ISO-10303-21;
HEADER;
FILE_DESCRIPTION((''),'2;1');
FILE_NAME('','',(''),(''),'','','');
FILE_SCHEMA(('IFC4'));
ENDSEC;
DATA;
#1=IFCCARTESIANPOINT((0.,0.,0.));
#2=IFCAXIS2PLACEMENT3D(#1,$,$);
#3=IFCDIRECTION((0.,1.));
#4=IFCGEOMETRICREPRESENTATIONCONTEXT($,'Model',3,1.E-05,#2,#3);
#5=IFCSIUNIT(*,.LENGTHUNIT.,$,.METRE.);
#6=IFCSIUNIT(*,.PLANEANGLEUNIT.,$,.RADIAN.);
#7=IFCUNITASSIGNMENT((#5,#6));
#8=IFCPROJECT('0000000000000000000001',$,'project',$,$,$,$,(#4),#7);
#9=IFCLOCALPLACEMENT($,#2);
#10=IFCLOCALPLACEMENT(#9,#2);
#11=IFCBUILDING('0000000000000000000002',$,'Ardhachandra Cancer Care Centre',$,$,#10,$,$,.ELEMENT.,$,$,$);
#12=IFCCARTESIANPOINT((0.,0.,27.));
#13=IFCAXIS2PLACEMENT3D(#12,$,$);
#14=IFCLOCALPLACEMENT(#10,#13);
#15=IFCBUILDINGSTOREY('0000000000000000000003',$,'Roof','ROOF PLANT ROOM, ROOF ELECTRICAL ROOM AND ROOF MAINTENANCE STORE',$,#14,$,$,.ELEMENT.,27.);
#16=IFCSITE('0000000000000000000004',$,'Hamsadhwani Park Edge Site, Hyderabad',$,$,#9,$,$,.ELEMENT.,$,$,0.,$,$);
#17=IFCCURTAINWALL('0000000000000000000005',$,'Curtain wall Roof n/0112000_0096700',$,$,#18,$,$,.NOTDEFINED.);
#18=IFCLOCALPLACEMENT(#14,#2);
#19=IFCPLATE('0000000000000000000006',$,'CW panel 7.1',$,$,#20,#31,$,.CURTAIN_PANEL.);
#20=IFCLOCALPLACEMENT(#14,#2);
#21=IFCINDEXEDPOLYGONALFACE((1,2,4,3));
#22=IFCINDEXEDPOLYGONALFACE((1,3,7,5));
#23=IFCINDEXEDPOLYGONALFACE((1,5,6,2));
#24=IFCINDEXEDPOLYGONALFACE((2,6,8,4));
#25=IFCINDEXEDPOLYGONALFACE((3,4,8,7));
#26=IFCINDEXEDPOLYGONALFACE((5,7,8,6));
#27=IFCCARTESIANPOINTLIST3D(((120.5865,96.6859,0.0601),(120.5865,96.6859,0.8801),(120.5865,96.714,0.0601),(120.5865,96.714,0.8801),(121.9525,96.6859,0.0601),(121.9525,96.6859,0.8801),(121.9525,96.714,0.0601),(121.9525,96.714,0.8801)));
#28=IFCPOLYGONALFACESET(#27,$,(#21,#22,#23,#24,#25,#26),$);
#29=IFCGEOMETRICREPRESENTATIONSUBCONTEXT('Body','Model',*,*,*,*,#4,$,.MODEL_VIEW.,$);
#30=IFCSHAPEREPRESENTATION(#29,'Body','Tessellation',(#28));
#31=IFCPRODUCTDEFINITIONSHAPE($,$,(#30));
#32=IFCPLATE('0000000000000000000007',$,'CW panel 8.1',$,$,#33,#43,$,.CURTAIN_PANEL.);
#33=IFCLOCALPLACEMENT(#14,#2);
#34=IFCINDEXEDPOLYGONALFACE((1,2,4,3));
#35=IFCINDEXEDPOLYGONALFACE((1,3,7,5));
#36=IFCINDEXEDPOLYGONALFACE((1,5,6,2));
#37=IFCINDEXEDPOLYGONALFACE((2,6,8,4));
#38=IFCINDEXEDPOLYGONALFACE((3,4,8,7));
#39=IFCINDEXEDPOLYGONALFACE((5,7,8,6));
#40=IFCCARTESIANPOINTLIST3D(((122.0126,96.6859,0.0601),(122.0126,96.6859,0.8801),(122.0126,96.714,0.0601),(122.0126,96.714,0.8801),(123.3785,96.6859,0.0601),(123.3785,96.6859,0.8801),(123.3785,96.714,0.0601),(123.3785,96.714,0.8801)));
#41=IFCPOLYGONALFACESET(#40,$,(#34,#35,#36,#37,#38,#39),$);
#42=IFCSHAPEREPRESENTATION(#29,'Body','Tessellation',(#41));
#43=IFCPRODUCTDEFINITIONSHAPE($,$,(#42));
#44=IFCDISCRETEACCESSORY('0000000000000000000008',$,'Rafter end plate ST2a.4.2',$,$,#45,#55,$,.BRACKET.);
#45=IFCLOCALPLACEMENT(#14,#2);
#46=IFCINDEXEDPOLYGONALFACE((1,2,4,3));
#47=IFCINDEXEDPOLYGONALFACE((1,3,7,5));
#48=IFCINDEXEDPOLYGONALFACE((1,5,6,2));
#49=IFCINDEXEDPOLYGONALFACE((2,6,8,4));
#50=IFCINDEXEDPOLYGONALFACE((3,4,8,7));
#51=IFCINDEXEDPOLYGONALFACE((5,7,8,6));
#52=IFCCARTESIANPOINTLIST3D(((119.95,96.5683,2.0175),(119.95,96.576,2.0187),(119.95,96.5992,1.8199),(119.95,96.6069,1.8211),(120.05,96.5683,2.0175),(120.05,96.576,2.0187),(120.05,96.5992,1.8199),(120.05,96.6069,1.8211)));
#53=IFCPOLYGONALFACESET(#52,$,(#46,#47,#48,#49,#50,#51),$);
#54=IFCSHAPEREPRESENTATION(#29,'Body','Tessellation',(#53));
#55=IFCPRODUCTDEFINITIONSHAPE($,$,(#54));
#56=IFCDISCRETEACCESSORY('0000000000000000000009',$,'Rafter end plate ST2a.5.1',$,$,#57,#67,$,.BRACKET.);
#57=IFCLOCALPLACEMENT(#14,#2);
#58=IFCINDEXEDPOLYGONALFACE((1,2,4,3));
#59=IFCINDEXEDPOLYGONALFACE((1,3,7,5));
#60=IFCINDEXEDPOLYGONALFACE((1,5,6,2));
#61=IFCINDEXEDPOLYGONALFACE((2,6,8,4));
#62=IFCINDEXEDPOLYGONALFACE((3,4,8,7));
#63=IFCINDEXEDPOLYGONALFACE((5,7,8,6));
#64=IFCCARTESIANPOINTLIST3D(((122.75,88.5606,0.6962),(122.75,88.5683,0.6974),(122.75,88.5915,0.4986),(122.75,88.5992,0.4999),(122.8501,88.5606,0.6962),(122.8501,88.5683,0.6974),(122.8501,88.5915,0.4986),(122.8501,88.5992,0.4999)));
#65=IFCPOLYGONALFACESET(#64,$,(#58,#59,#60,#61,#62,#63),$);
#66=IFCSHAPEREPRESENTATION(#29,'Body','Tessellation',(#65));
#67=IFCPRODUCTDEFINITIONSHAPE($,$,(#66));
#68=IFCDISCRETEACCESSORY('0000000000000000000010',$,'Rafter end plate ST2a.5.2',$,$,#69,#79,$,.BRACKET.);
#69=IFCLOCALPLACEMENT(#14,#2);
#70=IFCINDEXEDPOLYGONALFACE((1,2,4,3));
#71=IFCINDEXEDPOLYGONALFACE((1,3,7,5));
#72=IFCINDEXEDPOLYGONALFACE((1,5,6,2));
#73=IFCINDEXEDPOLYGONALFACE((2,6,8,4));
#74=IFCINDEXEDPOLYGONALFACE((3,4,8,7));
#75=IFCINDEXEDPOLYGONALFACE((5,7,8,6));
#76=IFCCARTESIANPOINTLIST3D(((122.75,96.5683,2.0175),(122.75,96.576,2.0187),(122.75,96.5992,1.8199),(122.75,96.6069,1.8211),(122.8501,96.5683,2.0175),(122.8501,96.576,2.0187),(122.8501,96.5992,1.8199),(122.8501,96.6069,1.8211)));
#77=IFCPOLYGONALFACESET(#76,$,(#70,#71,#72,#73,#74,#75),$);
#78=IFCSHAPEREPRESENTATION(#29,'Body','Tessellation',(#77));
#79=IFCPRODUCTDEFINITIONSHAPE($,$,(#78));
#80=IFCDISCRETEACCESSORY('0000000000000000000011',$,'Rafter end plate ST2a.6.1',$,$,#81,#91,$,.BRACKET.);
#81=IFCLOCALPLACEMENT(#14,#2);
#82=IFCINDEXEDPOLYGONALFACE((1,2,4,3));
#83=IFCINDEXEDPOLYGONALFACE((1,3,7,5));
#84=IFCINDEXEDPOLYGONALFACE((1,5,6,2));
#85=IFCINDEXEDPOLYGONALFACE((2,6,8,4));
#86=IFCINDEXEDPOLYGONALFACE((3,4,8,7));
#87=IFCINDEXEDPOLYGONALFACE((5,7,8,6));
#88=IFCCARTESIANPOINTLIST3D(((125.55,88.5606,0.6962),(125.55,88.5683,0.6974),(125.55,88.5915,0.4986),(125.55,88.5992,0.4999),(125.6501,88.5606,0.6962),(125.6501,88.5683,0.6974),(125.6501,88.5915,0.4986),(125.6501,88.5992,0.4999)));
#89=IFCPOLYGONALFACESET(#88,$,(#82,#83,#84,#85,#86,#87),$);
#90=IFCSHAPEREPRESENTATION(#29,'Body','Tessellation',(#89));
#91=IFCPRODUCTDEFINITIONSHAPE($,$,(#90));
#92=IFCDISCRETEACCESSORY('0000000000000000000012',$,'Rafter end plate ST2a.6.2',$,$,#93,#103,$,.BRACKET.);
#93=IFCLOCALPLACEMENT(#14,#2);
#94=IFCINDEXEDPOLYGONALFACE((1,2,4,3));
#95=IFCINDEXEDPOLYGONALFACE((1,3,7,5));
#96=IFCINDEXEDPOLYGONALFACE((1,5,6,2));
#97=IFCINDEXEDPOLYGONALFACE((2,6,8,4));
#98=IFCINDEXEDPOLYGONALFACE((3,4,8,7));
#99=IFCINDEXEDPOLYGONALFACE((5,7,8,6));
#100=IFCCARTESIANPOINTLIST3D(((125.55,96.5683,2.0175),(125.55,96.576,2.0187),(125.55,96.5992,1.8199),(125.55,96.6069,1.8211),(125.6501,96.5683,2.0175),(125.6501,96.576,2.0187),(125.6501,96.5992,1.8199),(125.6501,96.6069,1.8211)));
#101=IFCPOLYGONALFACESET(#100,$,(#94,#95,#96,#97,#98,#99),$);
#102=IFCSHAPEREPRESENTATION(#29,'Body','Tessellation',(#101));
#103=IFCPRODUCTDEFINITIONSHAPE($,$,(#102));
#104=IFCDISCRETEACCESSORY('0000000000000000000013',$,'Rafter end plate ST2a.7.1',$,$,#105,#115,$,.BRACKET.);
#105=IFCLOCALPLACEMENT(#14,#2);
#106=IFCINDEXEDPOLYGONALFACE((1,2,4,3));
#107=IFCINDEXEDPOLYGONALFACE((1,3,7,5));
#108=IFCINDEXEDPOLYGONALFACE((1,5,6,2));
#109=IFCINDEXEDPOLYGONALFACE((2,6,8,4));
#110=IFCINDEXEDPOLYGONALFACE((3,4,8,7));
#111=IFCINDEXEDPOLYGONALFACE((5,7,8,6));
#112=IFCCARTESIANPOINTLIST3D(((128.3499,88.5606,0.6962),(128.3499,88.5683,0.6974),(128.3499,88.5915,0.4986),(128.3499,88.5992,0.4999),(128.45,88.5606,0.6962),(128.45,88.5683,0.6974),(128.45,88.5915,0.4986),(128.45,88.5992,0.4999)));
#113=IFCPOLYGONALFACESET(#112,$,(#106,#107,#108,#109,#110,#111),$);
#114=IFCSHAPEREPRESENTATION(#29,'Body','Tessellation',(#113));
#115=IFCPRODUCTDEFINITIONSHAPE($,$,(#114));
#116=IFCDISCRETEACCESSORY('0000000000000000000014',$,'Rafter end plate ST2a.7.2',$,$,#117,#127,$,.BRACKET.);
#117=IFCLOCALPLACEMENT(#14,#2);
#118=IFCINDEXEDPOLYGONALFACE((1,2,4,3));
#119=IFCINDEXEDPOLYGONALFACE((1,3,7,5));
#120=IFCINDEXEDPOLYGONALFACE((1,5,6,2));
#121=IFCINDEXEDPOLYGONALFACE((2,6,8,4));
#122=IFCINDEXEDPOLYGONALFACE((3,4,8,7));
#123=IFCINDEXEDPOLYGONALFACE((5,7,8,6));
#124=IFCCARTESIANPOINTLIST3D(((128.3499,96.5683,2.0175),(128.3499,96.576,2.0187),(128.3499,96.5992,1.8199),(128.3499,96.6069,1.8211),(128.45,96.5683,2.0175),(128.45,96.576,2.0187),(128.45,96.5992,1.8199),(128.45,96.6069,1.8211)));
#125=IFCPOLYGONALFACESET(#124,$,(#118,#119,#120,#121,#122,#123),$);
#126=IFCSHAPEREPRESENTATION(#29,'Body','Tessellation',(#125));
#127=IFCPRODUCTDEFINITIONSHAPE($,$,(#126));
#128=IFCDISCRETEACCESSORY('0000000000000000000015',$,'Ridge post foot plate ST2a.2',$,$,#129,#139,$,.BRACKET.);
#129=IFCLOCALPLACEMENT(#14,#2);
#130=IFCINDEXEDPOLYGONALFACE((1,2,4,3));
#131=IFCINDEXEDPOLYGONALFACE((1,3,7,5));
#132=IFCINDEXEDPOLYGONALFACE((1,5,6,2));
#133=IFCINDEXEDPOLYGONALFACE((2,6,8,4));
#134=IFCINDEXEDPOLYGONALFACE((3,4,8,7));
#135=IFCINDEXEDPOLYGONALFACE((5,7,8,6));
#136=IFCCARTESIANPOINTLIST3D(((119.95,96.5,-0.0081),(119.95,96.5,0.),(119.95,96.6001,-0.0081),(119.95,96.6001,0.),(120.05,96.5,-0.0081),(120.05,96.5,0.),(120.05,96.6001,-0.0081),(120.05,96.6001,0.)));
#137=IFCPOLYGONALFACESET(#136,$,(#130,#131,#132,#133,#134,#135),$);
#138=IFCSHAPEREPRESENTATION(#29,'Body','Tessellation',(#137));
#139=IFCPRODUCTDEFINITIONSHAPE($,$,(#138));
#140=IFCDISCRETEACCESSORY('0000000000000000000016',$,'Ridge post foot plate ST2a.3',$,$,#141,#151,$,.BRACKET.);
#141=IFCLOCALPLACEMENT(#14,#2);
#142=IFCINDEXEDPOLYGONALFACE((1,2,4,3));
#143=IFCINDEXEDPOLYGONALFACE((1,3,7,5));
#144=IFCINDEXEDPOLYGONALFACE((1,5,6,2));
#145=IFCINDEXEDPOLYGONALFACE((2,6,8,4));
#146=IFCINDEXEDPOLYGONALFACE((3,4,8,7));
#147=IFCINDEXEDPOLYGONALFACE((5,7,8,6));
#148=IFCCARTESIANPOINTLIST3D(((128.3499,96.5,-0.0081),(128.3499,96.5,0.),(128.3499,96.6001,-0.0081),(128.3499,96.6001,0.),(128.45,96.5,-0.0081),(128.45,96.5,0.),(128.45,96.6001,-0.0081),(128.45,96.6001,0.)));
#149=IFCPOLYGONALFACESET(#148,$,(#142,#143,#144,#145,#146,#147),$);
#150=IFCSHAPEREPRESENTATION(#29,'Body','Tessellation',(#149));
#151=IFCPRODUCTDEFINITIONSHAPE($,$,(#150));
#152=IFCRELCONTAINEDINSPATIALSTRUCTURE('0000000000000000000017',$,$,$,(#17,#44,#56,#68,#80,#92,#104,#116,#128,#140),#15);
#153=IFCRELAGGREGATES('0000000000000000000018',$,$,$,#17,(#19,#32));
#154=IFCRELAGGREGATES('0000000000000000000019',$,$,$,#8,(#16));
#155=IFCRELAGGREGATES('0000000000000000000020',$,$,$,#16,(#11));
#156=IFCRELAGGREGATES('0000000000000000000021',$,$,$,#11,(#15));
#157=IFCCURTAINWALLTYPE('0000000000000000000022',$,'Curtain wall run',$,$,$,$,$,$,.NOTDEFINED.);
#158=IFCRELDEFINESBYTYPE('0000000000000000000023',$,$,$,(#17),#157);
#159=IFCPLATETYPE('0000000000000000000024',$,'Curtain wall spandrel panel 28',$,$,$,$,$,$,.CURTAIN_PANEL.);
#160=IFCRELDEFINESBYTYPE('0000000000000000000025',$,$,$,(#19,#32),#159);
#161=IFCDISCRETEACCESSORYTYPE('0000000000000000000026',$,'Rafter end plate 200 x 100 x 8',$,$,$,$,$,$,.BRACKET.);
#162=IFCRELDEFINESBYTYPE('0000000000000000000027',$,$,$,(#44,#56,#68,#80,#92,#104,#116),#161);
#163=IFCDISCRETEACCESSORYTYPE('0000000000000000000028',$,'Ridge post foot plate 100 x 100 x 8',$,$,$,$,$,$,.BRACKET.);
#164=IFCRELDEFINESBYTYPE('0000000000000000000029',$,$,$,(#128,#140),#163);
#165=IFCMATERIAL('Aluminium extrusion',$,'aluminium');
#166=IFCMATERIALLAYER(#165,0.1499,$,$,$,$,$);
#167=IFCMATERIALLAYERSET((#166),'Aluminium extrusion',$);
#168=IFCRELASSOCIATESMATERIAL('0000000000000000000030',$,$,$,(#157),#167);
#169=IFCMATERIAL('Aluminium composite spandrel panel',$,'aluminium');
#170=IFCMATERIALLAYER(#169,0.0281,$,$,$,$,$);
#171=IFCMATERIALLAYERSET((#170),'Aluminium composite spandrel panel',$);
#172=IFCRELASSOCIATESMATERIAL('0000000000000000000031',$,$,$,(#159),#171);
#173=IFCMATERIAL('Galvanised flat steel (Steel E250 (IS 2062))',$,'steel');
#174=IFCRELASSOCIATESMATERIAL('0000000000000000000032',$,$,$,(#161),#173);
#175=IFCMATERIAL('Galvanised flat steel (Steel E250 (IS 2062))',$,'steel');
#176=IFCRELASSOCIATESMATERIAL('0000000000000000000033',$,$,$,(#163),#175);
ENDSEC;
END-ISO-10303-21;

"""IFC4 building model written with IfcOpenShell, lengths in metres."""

from ifc_helpers import new_model, si_unit, direction, frame, origin, origin_2d, place, context, subcontext, project, spatial, rectangle, extrude, material, layer, layer_set, material_profile, profile_set, type_object, element, aggregate, save


model = new_model("IFC4")

# Units and contexts
model_context = context("Model", 3, precision=1e-05, world=origin(), true_north=direction((0.0, 1.0)))
body_context = subcontext(model_context, "Body", "Model", "MODEL_VIEW")
ifc_project = project(units=[si_unit("LENGTHUNIT", "METRE"), si_unit("PLANEANGLEUNIT", "RADIAN")], contexts=[model_context])

# Site, building, storey
site_placement = place(None, origin())
site = spatial("IfcSite", under=ifc_project, at=site_placement, Name="Hamsadhwani Park Edge Site, Hyderabad", CompositionType="ELEMENT", RefElevation=0.0)
building_placement = place(site_placement, origin())
building = spatial("IfcBuilding", under=site, at=building_placement, Name="Ardhachandra Cancer Care Centre", CompositionType="ELEMENT")
storey_placement = place(building_placement, frame((0.0, 0.0, 27.0)))
storey = spatial("IfcBuildingStorey", under=building, at=storey_placement, Name="Roof", Description="ROOF PLANT ROOM, ROOF ELECTRICAL ROOM AND ROOF MAINTENANCE STORE", CompositionType="ELEMENT", Elevation=27.0)

# Curtain wall
ifc_material_1 = material(Name="Aluminium extrusion", Category="aluminium")
ifc_layer_1 = layer(ifc_material_1, 0.1499)
ifc_layer_set_1 = layer_set([ifc_layer_1], Name="Aluminium extrusion")
curtain_wall_type = type_object("IfcCurtainWallType", Name="Curtain wall run", PredefinedType="NOTDEFINED", material=ifc_layer_set_1)
curtain_wall_placement = place(storey_placement, origin())
curtain_wall = element("IfcCurtainWall", 1, at=curtain_wall_placement, inside=storey, type_object=curtain_wall_type, Name="Curtain wall Roof n/0112000_0096700", PredefinedType="NOTDEFINED")

# Plates
ifc_material_2 = material(Name="Aluminium composite spandrel panel", Category="aluminium")
ifc_layer_2 = layer(ifc_material_2, 0.0281)
ifc_layer_set_2 = layer_set([ifc_layer_2], Name="Aluminium composite spandrel panel")
plate_type_1 = type_object("IfcPlateType", Name="Curtain wall spandrel panel 28", PredefinedType="CURTAIN_PANEL", material=ifc_layer_set_2)
plate_1_placement = place(storey_placement, frame((121.2695, 96.7, 0.0601), z_axis=(0.0, 0.0, 1.0), x_axis=(1.0, 0.0, 0.0)))
plate_1 = element("IfcPlate", 2, at=plate_1_placement, type_object=plate_type_1, Name="CW panel 7.1", PredefinedType="CURTAIN_PANEL", context=body_context, shape_type="SweptSolid", body=[
    extrude(rectangle(XDim=1.366, YDim=0.0281, at=origin_2d()), origin(), (0.0, 0.0, 1.0), 0.8201),
])
plate_2_placement = place(storey_placement, frame((122.6956, 96.7, 0.0601), z_axis=(0.0, 0.0, 1.0), x_axis=(1.0, 0.0, 0.0)))
plate_2 = element("IfcPlate", 3, at=plate_2_placement, type_object=plate_type_1, Name="CW panel 8.1", PredefinedType="CURTAIN_PANEL", context=body_context, shape_type="SweptSolid", body=[
    extrude(rectangle(XDim=1.366, YDim=0.0281, at=origin_2d()), origin(), (0.0, 0.0, 1.0), 0.8201),
])
aggregate(curtain_wall, [plate_1, plate_2])

# Discrete accessories
ifc_material_3 = material(Name="Galvanised flat steel (Steel E250 (IS 2062))", Category="steel")
ifc_material_profile_1 = material_profile(ifc_material_3, rectangle(XDim=0.1001, YDim=0.2, at=origin_2d()), Name="Rafter end plate 200 x 100 x 8")
ifc_profile_set_1 = profile_set([ifc_material_profile_1], Name="Galvanised flat steel (Steel E250 (IS 2062))")
discrete_accessory_type_1 = type_object("IfcDiscreteAccessoryType", Name="Rafter end plate 200 x 100 x 8", PredefinedType="BRACKET", material=ifc_profile_set_1)
for number, where, z_axis, x_axis, name in (
    (4, (120.0, 96.5837, 1.9187), (0.0, 0.988012, 0.154377), (-1.0, 0.0, 0.0), "Rafter end plate ST2a.4.2"),
    (5, (122.8, 88.5837, 0.5986), (0.0, -0.988012, -0.154377), (1.0, 0.0, 0.0), "Rafter end plate ST2a.5.1"),
    (6, (122.8, 96.5837, 1.9187), (0.0, 0.988012, 0.154377), (-1.0, 0.0, 0.0), "Rafter end plate ST2a.5.2"),
    (7, (125.6001, 88.5837, 0.5986), (0.0, -0.988012, -0.154377), (1.0, 0.0, 0.0), "Rafter end plate ST2a.6.1"),
    (8, (125.6001, 96.5837, 1.9187), (0.0, 0.988012, 0.154377), (-1.0, 0.0, 0.0), "Rafter end plate ST2a.6.2"),
    (9, (128.3999, 88.5837, 0.5986), (0.0, -0.988012, -0.154377), (1.0, 0.0, 0.0), "Rafter end plate ST2a.7.1"),
    (10, (128.3999, 96.5837, 1.9187), (0.0, 0.988012, 0.154377), (-1.0, 0.0, 0.0), "Rafter end plate ST2a.7.2"),
):
    element("IfcDiscreteAccessory", number, at=place(storey_placement, frame(where, z_axis=z_axis, x_axis=x_axis)), inside=storey, type_object=discrete_accessory_type_1, Name=name, PredefinedType="BRACKET", context=body_context, shape_type="SweptSolid", body=[
        extrude(rectangle(XDim=0.1001, YDim=0.2, at=origin_2d()), origin(), (0.0, 0.0, 1.0), 0.0078),
    ])
ifc_material_4 = material(Name="Galvanised flat steel (Steel E250 (IS 2062))", Category="steel")
ifc_material_profile_2 = material_profile(ifc_material_4, rectangle(XDim=0.1001, YDim=0.1001, at=origin_2d()), Name="Ridge post foot plate 100 x 100 x 8")
ifc_profile_set_2 = profile_set([ifc_material_profile_2], Name="Galvanised flat steel (Steel E250 (IS 2062))")
discrete_accessory_type_2 = type_object("IfcDiscreteAccessoryType", Name="Ridge post foot plate 100 x 100 x 8", PredefinedType="BRACKET", material=ifc_profile_set_2)
for number, where, z_axis, x_axis, name in (
    (11, (120.0, 96.55, 0.0), (0.0, 0.0, -1.0), (1.0, 0.0, 0.0), "Ridge post foot plate ST2a.2"),
    (12, (128.3999, 96.55, 0.0), (0.0, 0.0, -1.0), (1.0, 0.0, 0.0), "Ridge post foot plate ST2a.3"),
):
    element("IfcDiscreteAccessory", number, at=place(storey_placement, frame(where, z_axis=z_axis, x_axis=x_axis)), inside=storey, type_object=discrete_accessory_type_2, Name=name, PredefinedType="BRACKET", context=body_context, shape_type="SweptSolid", body=[
        extrude(rectangle(XDim=0.1001, YDim=0.1001, at=origin_2d()), origin(), (0.0, 0.0, 1.0), 0.0081),
    ])

save(model, "model.ifc")
